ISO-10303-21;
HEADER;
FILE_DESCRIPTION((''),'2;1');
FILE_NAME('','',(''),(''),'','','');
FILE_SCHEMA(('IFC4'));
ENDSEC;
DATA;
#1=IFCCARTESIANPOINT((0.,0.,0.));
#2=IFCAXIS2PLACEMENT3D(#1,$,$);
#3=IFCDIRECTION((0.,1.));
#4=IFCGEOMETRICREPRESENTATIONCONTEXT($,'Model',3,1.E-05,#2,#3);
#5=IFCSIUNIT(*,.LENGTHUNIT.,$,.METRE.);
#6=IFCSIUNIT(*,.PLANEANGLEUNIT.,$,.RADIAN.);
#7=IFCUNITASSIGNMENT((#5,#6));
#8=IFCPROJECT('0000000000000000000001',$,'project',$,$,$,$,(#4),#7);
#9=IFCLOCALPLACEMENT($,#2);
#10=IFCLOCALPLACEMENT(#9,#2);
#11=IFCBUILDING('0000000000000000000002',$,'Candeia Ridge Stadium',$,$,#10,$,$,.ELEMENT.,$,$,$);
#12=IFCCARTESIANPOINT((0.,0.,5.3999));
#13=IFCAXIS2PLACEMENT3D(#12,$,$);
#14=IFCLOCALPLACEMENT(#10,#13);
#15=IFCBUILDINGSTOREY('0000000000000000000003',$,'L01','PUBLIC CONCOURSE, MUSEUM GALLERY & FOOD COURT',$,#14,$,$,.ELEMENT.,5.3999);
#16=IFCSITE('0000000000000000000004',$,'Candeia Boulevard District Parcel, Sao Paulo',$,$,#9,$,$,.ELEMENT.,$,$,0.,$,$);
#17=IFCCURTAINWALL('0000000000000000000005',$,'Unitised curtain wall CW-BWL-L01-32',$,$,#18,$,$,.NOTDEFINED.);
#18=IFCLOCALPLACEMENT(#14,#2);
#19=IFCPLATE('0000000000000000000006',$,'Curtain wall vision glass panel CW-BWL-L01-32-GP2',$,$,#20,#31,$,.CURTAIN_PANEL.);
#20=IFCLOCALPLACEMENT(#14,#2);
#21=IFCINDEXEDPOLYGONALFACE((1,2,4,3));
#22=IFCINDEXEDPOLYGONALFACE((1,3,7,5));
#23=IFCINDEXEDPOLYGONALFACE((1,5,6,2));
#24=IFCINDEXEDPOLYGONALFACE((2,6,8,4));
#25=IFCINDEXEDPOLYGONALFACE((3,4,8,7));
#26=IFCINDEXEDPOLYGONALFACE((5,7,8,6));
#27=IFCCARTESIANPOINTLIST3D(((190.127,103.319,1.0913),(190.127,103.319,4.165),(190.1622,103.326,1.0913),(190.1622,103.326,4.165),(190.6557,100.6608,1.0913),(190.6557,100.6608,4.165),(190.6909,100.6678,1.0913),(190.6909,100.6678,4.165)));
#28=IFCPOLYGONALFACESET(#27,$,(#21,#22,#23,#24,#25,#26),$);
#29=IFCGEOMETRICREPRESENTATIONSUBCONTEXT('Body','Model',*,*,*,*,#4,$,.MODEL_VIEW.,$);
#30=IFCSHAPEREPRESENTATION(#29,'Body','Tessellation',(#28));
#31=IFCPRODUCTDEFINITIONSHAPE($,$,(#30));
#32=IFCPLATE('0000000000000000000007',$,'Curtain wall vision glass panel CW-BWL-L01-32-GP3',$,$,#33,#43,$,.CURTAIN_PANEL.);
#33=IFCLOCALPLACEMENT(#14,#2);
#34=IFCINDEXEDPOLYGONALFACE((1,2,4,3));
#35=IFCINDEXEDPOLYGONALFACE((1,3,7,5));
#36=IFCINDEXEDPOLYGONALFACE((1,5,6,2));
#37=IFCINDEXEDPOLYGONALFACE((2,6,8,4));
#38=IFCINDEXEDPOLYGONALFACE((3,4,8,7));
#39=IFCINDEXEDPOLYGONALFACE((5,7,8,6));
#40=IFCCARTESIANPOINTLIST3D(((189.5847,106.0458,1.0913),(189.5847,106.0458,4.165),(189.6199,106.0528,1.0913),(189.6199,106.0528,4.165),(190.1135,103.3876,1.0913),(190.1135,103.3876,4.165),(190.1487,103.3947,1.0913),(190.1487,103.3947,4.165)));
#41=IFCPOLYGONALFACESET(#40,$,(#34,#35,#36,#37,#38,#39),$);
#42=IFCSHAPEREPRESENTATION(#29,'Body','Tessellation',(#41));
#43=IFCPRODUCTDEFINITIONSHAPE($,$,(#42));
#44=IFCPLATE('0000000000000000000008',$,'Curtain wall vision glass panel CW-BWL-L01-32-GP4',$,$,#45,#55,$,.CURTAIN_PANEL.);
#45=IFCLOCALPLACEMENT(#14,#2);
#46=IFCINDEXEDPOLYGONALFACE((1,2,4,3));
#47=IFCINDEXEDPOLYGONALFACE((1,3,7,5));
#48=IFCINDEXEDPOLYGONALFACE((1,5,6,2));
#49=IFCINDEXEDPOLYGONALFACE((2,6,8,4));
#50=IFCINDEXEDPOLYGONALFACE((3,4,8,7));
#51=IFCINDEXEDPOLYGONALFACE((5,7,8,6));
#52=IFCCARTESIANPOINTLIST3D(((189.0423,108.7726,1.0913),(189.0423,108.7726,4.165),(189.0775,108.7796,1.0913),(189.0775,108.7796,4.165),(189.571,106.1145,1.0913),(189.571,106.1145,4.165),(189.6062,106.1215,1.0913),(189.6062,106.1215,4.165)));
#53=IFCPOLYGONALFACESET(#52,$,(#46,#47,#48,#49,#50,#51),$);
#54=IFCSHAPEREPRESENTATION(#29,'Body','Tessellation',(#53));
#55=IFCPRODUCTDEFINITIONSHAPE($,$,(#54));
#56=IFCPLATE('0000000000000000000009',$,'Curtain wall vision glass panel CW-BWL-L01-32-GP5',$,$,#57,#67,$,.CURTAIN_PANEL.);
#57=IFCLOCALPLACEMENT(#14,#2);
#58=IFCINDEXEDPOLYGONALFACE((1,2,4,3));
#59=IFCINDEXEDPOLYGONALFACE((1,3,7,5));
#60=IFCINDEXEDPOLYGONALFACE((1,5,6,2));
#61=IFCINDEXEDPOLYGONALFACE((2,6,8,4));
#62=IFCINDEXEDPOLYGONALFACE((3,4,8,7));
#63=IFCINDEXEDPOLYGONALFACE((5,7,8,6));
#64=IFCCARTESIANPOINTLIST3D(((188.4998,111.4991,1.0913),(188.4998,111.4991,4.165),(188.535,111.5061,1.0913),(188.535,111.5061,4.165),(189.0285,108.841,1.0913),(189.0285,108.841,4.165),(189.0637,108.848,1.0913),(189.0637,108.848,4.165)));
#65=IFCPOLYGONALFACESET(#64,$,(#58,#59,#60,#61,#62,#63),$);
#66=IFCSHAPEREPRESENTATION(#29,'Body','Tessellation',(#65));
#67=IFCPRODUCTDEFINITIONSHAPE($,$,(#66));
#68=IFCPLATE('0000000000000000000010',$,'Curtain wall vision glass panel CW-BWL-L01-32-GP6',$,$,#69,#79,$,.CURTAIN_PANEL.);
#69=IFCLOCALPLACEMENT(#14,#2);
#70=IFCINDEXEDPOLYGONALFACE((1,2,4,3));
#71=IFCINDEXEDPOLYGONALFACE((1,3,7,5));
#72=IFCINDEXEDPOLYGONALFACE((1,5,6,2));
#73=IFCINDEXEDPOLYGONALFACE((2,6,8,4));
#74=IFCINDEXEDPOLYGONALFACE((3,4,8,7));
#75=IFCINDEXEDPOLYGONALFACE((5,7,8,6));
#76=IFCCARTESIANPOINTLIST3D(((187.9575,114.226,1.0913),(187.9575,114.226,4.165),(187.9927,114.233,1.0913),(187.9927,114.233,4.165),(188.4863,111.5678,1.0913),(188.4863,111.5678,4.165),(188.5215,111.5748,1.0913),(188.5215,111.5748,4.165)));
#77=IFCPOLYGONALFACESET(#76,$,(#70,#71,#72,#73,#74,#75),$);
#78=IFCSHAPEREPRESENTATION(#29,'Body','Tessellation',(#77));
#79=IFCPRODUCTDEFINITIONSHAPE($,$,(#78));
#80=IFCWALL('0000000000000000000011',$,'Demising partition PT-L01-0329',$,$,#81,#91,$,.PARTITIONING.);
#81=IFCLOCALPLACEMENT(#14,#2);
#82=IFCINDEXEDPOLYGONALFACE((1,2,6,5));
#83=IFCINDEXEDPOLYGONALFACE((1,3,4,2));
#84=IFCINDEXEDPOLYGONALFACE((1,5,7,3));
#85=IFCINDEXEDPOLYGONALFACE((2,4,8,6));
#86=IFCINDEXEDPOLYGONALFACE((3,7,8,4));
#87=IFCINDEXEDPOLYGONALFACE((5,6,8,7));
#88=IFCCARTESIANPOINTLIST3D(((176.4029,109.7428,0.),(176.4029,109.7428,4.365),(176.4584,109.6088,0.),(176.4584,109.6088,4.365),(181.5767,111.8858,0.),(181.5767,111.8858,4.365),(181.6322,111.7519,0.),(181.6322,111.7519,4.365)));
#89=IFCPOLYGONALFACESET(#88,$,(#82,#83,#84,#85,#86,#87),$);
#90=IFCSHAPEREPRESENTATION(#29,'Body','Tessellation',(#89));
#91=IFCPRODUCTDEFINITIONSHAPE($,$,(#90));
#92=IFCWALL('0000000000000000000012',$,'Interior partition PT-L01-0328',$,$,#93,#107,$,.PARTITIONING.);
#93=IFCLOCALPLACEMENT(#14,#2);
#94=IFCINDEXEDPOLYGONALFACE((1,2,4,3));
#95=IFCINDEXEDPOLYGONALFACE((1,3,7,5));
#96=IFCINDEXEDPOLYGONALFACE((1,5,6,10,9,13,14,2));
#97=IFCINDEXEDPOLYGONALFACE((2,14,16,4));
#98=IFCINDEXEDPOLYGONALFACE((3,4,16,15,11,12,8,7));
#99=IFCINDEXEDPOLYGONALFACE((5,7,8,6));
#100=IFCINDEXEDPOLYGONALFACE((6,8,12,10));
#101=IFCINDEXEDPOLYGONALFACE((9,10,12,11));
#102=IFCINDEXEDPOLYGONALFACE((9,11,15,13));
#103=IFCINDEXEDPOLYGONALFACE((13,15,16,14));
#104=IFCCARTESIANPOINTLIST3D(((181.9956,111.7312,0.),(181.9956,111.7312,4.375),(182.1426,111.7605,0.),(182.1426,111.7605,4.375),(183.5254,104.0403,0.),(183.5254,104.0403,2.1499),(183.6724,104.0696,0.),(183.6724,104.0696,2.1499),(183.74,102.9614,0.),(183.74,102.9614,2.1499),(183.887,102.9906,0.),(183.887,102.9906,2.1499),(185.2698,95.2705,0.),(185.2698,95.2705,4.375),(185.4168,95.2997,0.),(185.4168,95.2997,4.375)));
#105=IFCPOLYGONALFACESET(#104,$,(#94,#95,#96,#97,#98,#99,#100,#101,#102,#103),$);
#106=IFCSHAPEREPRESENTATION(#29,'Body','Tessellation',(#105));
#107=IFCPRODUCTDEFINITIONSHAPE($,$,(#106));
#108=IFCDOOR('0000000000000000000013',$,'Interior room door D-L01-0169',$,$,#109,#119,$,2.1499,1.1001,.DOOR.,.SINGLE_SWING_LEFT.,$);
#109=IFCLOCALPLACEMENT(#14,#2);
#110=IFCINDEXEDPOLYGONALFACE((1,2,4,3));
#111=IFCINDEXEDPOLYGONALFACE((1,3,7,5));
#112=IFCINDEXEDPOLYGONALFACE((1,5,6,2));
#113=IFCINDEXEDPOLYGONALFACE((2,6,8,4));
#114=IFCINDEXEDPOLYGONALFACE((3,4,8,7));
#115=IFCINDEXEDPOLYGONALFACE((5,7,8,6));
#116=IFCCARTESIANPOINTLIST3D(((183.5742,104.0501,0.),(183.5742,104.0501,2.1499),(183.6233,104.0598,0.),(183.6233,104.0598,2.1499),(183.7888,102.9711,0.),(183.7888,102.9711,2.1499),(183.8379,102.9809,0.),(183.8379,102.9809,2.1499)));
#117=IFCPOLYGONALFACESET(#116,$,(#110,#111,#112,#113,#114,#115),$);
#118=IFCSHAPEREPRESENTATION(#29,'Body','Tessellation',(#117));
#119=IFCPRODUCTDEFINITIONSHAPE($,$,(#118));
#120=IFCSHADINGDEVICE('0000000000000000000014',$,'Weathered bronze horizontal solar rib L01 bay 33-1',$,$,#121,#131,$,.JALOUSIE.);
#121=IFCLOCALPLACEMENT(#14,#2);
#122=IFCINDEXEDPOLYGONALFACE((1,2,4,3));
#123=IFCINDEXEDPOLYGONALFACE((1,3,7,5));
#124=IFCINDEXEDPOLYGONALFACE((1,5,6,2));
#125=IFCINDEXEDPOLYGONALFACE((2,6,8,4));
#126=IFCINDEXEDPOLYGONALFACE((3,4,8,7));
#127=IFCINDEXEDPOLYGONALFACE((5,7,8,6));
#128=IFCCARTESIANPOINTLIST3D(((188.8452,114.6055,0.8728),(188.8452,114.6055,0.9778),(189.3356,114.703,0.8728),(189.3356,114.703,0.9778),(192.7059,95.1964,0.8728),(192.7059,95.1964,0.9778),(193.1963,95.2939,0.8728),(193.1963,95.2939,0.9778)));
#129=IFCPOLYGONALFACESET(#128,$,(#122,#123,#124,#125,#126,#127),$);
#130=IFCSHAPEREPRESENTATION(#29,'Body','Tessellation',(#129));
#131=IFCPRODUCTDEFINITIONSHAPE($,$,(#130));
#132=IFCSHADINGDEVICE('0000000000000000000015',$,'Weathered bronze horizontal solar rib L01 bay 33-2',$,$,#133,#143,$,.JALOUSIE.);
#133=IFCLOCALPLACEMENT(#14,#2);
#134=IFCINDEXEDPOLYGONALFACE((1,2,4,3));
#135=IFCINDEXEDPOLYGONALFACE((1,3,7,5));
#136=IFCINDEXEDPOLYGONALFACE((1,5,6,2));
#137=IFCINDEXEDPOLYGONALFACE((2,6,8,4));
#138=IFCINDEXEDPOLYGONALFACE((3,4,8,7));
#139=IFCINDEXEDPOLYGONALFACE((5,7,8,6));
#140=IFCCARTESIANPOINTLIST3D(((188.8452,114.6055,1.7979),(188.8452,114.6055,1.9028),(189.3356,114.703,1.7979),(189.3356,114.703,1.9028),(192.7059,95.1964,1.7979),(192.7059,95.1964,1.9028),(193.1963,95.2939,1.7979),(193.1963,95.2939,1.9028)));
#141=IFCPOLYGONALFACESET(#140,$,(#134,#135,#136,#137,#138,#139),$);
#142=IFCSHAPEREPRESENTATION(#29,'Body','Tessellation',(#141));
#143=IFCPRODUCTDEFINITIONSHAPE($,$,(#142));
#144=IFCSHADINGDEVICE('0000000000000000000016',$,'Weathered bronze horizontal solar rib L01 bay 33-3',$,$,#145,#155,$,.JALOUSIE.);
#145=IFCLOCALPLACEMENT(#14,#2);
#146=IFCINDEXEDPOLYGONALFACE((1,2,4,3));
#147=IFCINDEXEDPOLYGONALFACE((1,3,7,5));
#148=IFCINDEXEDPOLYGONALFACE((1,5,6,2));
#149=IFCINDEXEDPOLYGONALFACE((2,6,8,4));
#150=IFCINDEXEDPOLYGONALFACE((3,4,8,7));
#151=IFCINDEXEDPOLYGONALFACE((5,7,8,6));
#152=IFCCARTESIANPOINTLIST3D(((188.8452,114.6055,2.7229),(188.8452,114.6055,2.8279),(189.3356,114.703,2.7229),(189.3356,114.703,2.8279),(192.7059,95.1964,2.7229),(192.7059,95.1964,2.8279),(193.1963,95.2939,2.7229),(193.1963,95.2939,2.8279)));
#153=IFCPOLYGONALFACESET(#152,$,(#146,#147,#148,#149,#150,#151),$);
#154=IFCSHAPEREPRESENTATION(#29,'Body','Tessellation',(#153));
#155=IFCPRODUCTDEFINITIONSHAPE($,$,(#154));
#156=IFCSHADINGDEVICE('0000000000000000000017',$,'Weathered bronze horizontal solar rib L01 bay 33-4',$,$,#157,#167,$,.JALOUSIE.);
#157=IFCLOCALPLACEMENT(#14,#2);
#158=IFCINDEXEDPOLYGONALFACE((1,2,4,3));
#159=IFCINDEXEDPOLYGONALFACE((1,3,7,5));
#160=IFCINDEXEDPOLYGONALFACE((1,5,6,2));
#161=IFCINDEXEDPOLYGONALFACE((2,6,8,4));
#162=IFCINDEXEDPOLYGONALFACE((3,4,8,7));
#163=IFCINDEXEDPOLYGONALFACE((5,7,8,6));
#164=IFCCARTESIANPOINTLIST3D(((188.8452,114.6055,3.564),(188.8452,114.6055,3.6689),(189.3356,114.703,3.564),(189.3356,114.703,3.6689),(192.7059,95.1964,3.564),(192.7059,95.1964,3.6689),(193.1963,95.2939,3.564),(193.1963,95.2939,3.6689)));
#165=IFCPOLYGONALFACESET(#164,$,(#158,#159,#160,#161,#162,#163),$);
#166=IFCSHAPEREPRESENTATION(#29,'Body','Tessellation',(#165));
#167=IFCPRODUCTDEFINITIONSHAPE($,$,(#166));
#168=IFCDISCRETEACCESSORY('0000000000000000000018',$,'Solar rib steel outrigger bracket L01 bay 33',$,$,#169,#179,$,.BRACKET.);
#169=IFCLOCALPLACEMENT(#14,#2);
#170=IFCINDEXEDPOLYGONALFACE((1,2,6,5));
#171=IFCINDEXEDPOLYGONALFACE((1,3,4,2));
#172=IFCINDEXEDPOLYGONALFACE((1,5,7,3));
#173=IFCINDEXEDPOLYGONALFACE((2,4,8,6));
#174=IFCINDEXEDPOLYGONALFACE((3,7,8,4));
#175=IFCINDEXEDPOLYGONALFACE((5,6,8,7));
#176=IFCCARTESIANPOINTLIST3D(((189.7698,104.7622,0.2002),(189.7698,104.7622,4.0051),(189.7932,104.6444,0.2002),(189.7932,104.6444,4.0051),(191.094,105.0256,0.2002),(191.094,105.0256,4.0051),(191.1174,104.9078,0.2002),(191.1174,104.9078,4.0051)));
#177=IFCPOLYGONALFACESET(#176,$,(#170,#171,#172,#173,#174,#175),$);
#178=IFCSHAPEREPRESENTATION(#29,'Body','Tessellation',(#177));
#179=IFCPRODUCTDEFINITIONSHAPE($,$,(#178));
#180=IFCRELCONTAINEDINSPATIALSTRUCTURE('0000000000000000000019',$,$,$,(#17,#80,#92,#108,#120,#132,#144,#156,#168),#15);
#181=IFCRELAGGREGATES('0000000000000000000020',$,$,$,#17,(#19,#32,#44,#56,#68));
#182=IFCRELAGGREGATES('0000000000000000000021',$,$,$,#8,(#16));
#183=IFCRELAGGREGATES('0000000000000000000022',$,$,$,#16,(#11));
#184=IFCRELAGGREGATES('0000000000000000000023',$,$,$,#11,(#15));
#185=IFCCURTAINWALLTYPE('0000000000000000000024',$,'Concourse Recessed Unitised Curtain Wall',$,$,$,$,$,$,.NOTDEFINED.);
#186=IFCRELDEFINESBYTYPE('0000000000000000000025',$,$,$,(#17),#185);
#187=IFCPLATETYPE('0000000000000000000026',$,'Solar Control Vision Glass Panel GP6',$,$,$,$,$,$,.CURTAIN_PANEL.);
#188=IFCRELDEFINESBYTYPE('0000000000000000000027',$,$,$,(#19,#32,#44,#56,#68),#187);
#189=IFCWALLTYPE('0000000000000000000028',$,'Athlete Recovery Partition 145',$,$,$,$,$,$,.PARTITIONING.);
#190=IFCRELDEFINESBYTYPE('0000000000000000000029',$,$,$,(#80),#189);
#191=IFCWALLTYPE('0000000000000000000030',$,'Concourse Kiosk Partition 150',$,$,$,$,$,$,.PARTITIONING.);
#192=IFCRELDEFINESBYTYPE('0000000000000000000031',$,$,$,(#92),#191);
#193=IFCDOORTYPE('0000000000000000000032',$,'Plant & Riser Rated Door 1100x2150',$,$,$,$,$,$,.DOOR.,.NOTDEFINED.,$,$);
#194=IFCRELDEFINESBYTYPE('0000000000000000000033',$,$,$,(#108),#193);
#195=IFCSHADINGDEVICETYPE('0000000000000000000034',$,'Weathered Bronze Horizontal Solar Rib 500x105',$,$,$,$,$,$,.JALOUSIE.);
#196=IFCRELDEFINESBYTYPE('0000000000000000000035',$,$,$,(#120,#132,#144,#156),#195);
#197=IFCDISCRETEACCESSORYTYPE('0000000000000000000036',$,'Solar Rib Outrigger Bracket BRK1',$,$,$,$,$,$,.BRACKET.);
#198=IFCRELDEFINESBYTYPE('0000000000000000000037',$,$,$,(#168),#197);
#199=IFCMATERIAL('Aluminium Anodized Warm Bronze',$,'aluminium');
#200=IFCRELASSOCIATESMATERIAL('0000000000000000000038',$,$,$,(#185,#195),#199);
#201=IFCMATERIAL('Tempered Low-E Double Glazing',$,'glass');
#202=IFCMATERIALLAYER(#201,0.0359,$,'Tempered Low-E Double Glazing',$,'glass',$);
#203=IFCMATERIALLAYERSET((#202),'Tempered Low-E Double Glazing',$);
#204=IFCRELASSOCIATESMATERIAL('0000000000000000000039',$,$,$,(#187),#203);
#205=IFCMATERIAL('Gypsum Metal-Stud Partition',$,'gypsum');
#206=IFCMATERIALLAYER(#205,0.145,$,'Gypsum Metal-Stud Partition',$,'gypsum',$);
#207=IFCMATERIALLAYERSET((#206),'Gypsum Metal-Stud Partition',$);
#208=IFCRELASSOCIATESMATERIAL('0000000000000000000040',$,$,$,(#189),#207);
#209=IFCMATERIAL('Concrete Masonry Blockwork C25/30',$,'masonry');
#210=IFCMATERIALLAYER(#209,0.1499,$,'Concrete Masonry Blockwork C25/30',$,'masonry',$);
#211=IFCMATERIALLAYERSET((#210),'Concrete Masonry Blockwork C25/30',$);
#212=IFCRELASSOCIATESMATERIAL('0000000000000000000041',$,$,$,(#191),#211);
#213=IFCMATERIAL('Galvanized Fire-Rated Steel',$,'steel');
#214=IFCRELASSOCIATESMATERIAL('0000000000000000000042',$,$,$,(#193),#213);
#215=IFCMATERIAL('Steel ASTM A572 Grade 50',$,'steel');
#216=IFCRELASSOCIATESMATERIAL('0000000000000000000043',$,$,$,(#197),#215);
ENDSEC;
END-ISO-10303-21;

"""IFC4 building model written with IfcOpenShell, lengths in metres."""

from ifc_helpers import new_model, si_unit, direction, frame, frame_2d, origin, origin_2d, place, context, subcontext, project, spatial, rectangle, extrude, material, layer, layer_set, type_object, element, fill, aggregate, save


model = new_model("IFC4")

# Units and contexts
model_context = context("Model", 3, precision=1e-05, world=origin(), true_north=direction((0.0, 1.0)))
body_context = subcontext(model_context, "Body", "Model", "MODEL_VIEW")
ifc_project = project(units=[si_unit("LENGTHUNIT", "METRE"), si_unit("PLANEANGLEUNIT", "RADIAN")], contexts=[model_context])

# Site, building, storey
site_placement = place(None, origin())
site = spatial("IfcSite", under=ifc_project, at=site_placement, Name="Candeia Boulevard District Parcel, Sao Paulo", CompositionType="ELEMENT", RefElevation=0.0)
building_placement = place(site_placement, origin())
building = spatial("IfcBuilding", under=site, at=building_placement, Name="Candeia Ridge Stadium", CompositionType="ELEMENT")
storey_placement = place(building_placement, frame((0.0, 0.0, 5.3999)))
storey = spatial("IfcBuildingStorey", under=building, at=storey_placement, Name="L01", Description="PUBLIC CONCOURSE, MUSEUM GALLERY & FOOD COURT", CompositionType="ELEMENT", Elevation=5.3999)

# Curtain wall
ifc_material_1 = material(Name="Aluminium Anodized Warm Bronze", Category="aluminium")
curtain_wall_type = type_object("IfcCurtainWallType", Name="Concourse Recessed Unitised Curtain Wall", PredefinedType="NOTDEFINED", material=ifc_material_1)
curtain_wall_placement = place(storey_placement, origin())
curtain_wall = element("IfcCurtainWall", 1, at=curtain_wall_placement, inside=storey, type_object=curtain_wall_type, Name="Unitised curtain wall CW-BWL-L01-32", PredefinedType="NOTDEFINED")

# Shared definitions
ifc_material_2 = material(Name="Steel ASTM A572 Grade 50", Category="steel")

# Plates
ifc_material_3 = material(Name="Tempered Low-E Double Glazing", Category="glass")
ifc_layer_1 = layer(ifc_material_3, 0.0359, Name="Tempered Low-E Double Glazing", Category="glass")
ifc_layer_set_1 = layer_set([ifc_layer_1], Name="Tempered Low-E Double Glazing")
plate_type_1 = type_object("IfcPlateType", Name="Solar Control Vision Glass Panel GP6", PredefinedType="CURTAIN_PANEL", material=ifc_layer_set_1)
plate_1_placement = place(storey_placement, frame((190.4089, 101.9934, 1.0913), z_axis=(0.0, 0.0, 1.0), x_axis=(-0.19509, 0.980785, 0.0)))
plate_1 = element("IfcPlate", 2, at=plate_1_placement, type_object=plate_type_1, Name="Curtain wall vision glass panel CW-BWL-L01-32-GP2", PredefinedType="CURTAIN_PANEL", context=body_context, shape_type="SweptSolid", body=[
    extrude(rectangle(XDim=2.7102, YDim=0.0359, at=origin_2d()), origin(), (0.0, 0.0, 1.0), 3.0737),
])
plate_2_placement = place(storey_placement, frame((189.8667, 104.7202, 1.0913), z_axis=(0.0, 0.0, 1.0), x_axis=(-0.19509, 0.980785, 0.0)))
plate_2 = element("IfcPlate", 3, at=plate_2_placement, type_object=plate_type_1, Name="Curtain wall vision glass panel CW-BWL-L01-32-GP3", PredefinedType="CURTAIN_PANEL", context=body_context, shape_type="SweptSolid", body=[
    extrude(rectangle(XDim=2.7102, YDim=0.0359, at=origin_2d()), origin(), (0.0, 0.0, 1.0), 3.0737),
])
plate_3_placement = place(storey_placement, frame((189.3242, 107.447, 1.0913), z_axis=(0.0, 0.0, 1.0), x_axis=(-0.19509, 0.980785, 0.0)))
plate_3 = element("IfcPlate", 4, at=plate_3_placement, type_object=plate_type_1, Name="Curtain wall vision glass panel CW-BWL-L01-32-GP4", PredefinedType="CURTAIN_PANEL", context=body_context, shape_type="SweptSolid", body=[
    extrude(rectangle(XDim=2.7102, YDim=0.0359, at=origin_2d()), origin(), (0.0, 0.0, 1.0), 3.0737),
])
plate_4_placement = place(storey_placement, frame((188.7817, 110.1736, 1.0913), z_axis=(0.0, 0.0, 1.0), x_axis=(-0.19509, 0.980785, 0.0)))
plate_4 = element("IfcPlate", 5, at=plate_4_placement, type_object=plate_type_1, Name="Curtain wall vision glass panel CW-BWL-L01-32-GP5", PredefinedType="CURTAIN_PANEL", context=body_context, shape_type="SweptSolid", body=[
    extrude(rectangle(XDim=2.7102, YDim=0.0359, at=origin_2d()), origin(), (0.0, 0.0, 1.0), 3.0737),
])
plate_5_placement = place(storey_placement, frame((188.2395, 112.9004, 1.0913), z_axis=(0.0, 0.0, 1.0), x_axis=(-0.19509, 0.980785, 0.0)))
plate_5 = element("IfcPlate", 6, at=plate_5_placement, type_object=plate_type_1, Name="Curtain wall vision glass panel CW-BWL-L01-32-GP6", PredefinedType="CURTAIN_PANEL", context=body_context, shape_type="SweptSolid", body=[
    extrude(rectangle(XDim=2.7102, YDim=0.0359, at=origin_2d()), origin(), (0.0, 0.0, 1.0), 3.0737),
])
aggregate(curtain_wall, [plate_1, plate_2, plate_3, plate_4, plate_5])

# Wall
ifc_material_4 = material(Name="Gypsum Metal-Stud Partition", Category="gypsum")
ifc_layer_2 = layer(ifc_material_4, 0.145, Name="Gypsum Metal-Stud Partition", Category="gypsum")
ifc_layer_set_2 = layer_set([ifc_layer_2], Name="Gypsum Metal-Stud Partition")
wall_type_1 = type_object("IfcWallType", Name="Athlete Recovery Partition 145", PredefinedType="PARTITIONING", material=ifc_layer_set_2)
wall_1_placement = place(storey_placement, frame((176.4307, 109.6758, 0.0), z_axis=(0.0, 0.0, 1.0), x_axis=(0.92388, 0.382683, 0.0)))
element("IfcWall", 7, at=wall_1_placement, inside=storey, type_object=wall_type_1, Name="Demising partition PT-L01-0329", PredefinedType="PARTITIONING", context=body_context, shape_type="SweptSolid", body=[
    extrude(rectangle(XDim=5.6001, YDim=0.145, at=frame_2d((2.8, 0.0))), origin(), (0.0, 0.0, 1.0), 4.365),
])

# Wall, opening, door
ifc_material_5 = material(Name="Concrete Masonry Blockwork C25/30", Category="masonry")
ifc_layer_3 = layer(ifc_material_5, 0.1499, Name="Concrete Masonry Blockwork C25/30", Category="masonry")
ifc_layer_set_3 = layer_set([ifc_layer_3], Name="Concrete Masonry Blockwork C25/30")
wall_type_2 = type_object("IfcWallType", Name="Concourse Kiosk Partition 150", PredefinedType="PARTITIONING", material=ifc_layer_set_3)
wall_2_placement = place(storey_placement, frame((182.0691, 111.7458, 0.0), z_axis=(0.0, 0.0, 1.0), x_axis=(0.195087, -0.980786, 0.0)))
wall_2 = element("IfcWall", 8, at=wall_2_placement, inside=storey, type_object=wall_type_2, Name="Interior partition PT-L01-0328", PredefinedType="PARTITIONING", context=body_context, shape_type="SweptSolid", body=[
    extrude(rectangle(XDim=16.7832, YDim=0.1499, at=frame_2d((8.3916, 0.0))), origin(), (0.0, 0.0, 1.0), 4.375),
])
opening_placement = place(wall_2_placement, frame((7.8416, 0.0, 0.0)))
opening = element("IfcOpeningElement", 9, at=opening_placement, cuts=wall_2, PredefinedType="OPENING", context=body_context, shape_type="SweptSolid", body=[
    extrude(rectangle(XDim=1.1001, YDim=2.1499, at=frame_2d((0.55, 1.075))), frame((0.0, 0.085, 0.0), z_axis=(0.0, -1.0, 0.0), x_axis=(1.0, 0.0, 0.0)), (0.0, 0.0, 1.0), 0.1699),
])
ifc_material_6 = material(Name="Galvanized Fire-Rated Steel", Category="steel")
door_type = type_object("IfcDoorType", Name="Plant & Riser Rated Door 1100x2150", OperationType="NOTDEFINED", PredefinedType="DOOR", material=ifc_material_6)
door_placement = place(opening_placement, origin())
door = element("IfcDoor", 10, at=door_placement, inside=storey, type_object=door_type, Name="Interior room door D-L01-0169", OperationType="SINGLE_SWING_LEFT", OverallHeight=2.1499, OverallWidth=1.1001, PredefinedType="DOOR", context=body_context, shape_type="SweptSolid", body=[
    extrude(rectangle(XDim=1.1001, YDim=2.1499, at=frame_2d((0.55, 1.075))), frame((0.0, 0.0249, 0.0), z_axis=(0.0, -1.0, 0.0), x_axis=(1.0, 0.0, 0.0)), (0.0, 0.0, 1.0), 0.05),
])
fill(opening, door)

# Shading devices
shading_device_type = type_object("IfcShadingDeviceType", Name="Weathered Bronze Horizontal Solar Rib 500x105", PredefinedType="JALOUSIE", material=ifc_material_1)
for number, where, z_axis, x_axis, name in (
    (11, (191.0208, 104.9497, 0.8728), (0.0, 0.0, 1.0), (-0.19509, 0.980785, 0.0), "Weathered bronze horizontal solar rib L01 bay 33-1"),
    (12, (191.0208, 104.9497, 1.7979), (0.0, 0.0, 1.0), (-0.19509, 0.980785, 0.0), "Weathered bronze horizontal solar rib L01 bay 33-2"),
    (13, (191.0208, 104.9497, 2.7229), (0.0, 0.0, 1.0), (-0.19509, 0.980785, 0.0), "Weathered bronze horizontal solar rib L01 bay 33-3"),
    (14, (191.0208, 104.9497, 3.564), (0.0, 0.0, 1.0), (-0.19509, 0.980785, 0.0), "Weathered bronze horizontal solar rib L01 bay 33-4"),
):
    element("IfcShadingDevice", number, at=place(storey_placement, frame(where, z_axis=z_axis, x_axis=x_axis)), inside=storey, type_object=shading_device_type, Name=name, PredefinedType="JALOUSIE", context=body_context, shape_type="SweptSolid", body=[
        extrude(rectangle(XDim=19.7893, YDim=0.5, at=origin_2d()), origin(), (0.0, 0.0, 1.0), 0.105),
    ])

# Discrete accessory
discrete_accessory_type = type_object("IfcDiscreteAccessoryType", Name="Solar Rib Outrigger Bracket BRK1", PredefinedType="BRACKET", material=ifc_material_2)
discrete_accessory_placement = place(storey_placement, frame((190.4436, 104.835, 0.2002), z_axis=(0.0, 0.0, 1.0), x_axis=(0.980785, 0.19509, 0.0)))
element("IfcDiscreteAccessory", 15, at=discrete_accessory_placement, inside=storey, type_object=discrete_accessory_type, Name="Solar rib steel outrigger bracket L01 bay 33", PredefinedType="BRACKET", context=body_context, shape_type="SweptSolid", body=[
    extrude(rectangle(XDim=1.3501, YDim=0.1201, at=origin_2d()), origin(), (0.0, 0.0, 1.0), 3.8049),
])

save(model, "model.ifc")
